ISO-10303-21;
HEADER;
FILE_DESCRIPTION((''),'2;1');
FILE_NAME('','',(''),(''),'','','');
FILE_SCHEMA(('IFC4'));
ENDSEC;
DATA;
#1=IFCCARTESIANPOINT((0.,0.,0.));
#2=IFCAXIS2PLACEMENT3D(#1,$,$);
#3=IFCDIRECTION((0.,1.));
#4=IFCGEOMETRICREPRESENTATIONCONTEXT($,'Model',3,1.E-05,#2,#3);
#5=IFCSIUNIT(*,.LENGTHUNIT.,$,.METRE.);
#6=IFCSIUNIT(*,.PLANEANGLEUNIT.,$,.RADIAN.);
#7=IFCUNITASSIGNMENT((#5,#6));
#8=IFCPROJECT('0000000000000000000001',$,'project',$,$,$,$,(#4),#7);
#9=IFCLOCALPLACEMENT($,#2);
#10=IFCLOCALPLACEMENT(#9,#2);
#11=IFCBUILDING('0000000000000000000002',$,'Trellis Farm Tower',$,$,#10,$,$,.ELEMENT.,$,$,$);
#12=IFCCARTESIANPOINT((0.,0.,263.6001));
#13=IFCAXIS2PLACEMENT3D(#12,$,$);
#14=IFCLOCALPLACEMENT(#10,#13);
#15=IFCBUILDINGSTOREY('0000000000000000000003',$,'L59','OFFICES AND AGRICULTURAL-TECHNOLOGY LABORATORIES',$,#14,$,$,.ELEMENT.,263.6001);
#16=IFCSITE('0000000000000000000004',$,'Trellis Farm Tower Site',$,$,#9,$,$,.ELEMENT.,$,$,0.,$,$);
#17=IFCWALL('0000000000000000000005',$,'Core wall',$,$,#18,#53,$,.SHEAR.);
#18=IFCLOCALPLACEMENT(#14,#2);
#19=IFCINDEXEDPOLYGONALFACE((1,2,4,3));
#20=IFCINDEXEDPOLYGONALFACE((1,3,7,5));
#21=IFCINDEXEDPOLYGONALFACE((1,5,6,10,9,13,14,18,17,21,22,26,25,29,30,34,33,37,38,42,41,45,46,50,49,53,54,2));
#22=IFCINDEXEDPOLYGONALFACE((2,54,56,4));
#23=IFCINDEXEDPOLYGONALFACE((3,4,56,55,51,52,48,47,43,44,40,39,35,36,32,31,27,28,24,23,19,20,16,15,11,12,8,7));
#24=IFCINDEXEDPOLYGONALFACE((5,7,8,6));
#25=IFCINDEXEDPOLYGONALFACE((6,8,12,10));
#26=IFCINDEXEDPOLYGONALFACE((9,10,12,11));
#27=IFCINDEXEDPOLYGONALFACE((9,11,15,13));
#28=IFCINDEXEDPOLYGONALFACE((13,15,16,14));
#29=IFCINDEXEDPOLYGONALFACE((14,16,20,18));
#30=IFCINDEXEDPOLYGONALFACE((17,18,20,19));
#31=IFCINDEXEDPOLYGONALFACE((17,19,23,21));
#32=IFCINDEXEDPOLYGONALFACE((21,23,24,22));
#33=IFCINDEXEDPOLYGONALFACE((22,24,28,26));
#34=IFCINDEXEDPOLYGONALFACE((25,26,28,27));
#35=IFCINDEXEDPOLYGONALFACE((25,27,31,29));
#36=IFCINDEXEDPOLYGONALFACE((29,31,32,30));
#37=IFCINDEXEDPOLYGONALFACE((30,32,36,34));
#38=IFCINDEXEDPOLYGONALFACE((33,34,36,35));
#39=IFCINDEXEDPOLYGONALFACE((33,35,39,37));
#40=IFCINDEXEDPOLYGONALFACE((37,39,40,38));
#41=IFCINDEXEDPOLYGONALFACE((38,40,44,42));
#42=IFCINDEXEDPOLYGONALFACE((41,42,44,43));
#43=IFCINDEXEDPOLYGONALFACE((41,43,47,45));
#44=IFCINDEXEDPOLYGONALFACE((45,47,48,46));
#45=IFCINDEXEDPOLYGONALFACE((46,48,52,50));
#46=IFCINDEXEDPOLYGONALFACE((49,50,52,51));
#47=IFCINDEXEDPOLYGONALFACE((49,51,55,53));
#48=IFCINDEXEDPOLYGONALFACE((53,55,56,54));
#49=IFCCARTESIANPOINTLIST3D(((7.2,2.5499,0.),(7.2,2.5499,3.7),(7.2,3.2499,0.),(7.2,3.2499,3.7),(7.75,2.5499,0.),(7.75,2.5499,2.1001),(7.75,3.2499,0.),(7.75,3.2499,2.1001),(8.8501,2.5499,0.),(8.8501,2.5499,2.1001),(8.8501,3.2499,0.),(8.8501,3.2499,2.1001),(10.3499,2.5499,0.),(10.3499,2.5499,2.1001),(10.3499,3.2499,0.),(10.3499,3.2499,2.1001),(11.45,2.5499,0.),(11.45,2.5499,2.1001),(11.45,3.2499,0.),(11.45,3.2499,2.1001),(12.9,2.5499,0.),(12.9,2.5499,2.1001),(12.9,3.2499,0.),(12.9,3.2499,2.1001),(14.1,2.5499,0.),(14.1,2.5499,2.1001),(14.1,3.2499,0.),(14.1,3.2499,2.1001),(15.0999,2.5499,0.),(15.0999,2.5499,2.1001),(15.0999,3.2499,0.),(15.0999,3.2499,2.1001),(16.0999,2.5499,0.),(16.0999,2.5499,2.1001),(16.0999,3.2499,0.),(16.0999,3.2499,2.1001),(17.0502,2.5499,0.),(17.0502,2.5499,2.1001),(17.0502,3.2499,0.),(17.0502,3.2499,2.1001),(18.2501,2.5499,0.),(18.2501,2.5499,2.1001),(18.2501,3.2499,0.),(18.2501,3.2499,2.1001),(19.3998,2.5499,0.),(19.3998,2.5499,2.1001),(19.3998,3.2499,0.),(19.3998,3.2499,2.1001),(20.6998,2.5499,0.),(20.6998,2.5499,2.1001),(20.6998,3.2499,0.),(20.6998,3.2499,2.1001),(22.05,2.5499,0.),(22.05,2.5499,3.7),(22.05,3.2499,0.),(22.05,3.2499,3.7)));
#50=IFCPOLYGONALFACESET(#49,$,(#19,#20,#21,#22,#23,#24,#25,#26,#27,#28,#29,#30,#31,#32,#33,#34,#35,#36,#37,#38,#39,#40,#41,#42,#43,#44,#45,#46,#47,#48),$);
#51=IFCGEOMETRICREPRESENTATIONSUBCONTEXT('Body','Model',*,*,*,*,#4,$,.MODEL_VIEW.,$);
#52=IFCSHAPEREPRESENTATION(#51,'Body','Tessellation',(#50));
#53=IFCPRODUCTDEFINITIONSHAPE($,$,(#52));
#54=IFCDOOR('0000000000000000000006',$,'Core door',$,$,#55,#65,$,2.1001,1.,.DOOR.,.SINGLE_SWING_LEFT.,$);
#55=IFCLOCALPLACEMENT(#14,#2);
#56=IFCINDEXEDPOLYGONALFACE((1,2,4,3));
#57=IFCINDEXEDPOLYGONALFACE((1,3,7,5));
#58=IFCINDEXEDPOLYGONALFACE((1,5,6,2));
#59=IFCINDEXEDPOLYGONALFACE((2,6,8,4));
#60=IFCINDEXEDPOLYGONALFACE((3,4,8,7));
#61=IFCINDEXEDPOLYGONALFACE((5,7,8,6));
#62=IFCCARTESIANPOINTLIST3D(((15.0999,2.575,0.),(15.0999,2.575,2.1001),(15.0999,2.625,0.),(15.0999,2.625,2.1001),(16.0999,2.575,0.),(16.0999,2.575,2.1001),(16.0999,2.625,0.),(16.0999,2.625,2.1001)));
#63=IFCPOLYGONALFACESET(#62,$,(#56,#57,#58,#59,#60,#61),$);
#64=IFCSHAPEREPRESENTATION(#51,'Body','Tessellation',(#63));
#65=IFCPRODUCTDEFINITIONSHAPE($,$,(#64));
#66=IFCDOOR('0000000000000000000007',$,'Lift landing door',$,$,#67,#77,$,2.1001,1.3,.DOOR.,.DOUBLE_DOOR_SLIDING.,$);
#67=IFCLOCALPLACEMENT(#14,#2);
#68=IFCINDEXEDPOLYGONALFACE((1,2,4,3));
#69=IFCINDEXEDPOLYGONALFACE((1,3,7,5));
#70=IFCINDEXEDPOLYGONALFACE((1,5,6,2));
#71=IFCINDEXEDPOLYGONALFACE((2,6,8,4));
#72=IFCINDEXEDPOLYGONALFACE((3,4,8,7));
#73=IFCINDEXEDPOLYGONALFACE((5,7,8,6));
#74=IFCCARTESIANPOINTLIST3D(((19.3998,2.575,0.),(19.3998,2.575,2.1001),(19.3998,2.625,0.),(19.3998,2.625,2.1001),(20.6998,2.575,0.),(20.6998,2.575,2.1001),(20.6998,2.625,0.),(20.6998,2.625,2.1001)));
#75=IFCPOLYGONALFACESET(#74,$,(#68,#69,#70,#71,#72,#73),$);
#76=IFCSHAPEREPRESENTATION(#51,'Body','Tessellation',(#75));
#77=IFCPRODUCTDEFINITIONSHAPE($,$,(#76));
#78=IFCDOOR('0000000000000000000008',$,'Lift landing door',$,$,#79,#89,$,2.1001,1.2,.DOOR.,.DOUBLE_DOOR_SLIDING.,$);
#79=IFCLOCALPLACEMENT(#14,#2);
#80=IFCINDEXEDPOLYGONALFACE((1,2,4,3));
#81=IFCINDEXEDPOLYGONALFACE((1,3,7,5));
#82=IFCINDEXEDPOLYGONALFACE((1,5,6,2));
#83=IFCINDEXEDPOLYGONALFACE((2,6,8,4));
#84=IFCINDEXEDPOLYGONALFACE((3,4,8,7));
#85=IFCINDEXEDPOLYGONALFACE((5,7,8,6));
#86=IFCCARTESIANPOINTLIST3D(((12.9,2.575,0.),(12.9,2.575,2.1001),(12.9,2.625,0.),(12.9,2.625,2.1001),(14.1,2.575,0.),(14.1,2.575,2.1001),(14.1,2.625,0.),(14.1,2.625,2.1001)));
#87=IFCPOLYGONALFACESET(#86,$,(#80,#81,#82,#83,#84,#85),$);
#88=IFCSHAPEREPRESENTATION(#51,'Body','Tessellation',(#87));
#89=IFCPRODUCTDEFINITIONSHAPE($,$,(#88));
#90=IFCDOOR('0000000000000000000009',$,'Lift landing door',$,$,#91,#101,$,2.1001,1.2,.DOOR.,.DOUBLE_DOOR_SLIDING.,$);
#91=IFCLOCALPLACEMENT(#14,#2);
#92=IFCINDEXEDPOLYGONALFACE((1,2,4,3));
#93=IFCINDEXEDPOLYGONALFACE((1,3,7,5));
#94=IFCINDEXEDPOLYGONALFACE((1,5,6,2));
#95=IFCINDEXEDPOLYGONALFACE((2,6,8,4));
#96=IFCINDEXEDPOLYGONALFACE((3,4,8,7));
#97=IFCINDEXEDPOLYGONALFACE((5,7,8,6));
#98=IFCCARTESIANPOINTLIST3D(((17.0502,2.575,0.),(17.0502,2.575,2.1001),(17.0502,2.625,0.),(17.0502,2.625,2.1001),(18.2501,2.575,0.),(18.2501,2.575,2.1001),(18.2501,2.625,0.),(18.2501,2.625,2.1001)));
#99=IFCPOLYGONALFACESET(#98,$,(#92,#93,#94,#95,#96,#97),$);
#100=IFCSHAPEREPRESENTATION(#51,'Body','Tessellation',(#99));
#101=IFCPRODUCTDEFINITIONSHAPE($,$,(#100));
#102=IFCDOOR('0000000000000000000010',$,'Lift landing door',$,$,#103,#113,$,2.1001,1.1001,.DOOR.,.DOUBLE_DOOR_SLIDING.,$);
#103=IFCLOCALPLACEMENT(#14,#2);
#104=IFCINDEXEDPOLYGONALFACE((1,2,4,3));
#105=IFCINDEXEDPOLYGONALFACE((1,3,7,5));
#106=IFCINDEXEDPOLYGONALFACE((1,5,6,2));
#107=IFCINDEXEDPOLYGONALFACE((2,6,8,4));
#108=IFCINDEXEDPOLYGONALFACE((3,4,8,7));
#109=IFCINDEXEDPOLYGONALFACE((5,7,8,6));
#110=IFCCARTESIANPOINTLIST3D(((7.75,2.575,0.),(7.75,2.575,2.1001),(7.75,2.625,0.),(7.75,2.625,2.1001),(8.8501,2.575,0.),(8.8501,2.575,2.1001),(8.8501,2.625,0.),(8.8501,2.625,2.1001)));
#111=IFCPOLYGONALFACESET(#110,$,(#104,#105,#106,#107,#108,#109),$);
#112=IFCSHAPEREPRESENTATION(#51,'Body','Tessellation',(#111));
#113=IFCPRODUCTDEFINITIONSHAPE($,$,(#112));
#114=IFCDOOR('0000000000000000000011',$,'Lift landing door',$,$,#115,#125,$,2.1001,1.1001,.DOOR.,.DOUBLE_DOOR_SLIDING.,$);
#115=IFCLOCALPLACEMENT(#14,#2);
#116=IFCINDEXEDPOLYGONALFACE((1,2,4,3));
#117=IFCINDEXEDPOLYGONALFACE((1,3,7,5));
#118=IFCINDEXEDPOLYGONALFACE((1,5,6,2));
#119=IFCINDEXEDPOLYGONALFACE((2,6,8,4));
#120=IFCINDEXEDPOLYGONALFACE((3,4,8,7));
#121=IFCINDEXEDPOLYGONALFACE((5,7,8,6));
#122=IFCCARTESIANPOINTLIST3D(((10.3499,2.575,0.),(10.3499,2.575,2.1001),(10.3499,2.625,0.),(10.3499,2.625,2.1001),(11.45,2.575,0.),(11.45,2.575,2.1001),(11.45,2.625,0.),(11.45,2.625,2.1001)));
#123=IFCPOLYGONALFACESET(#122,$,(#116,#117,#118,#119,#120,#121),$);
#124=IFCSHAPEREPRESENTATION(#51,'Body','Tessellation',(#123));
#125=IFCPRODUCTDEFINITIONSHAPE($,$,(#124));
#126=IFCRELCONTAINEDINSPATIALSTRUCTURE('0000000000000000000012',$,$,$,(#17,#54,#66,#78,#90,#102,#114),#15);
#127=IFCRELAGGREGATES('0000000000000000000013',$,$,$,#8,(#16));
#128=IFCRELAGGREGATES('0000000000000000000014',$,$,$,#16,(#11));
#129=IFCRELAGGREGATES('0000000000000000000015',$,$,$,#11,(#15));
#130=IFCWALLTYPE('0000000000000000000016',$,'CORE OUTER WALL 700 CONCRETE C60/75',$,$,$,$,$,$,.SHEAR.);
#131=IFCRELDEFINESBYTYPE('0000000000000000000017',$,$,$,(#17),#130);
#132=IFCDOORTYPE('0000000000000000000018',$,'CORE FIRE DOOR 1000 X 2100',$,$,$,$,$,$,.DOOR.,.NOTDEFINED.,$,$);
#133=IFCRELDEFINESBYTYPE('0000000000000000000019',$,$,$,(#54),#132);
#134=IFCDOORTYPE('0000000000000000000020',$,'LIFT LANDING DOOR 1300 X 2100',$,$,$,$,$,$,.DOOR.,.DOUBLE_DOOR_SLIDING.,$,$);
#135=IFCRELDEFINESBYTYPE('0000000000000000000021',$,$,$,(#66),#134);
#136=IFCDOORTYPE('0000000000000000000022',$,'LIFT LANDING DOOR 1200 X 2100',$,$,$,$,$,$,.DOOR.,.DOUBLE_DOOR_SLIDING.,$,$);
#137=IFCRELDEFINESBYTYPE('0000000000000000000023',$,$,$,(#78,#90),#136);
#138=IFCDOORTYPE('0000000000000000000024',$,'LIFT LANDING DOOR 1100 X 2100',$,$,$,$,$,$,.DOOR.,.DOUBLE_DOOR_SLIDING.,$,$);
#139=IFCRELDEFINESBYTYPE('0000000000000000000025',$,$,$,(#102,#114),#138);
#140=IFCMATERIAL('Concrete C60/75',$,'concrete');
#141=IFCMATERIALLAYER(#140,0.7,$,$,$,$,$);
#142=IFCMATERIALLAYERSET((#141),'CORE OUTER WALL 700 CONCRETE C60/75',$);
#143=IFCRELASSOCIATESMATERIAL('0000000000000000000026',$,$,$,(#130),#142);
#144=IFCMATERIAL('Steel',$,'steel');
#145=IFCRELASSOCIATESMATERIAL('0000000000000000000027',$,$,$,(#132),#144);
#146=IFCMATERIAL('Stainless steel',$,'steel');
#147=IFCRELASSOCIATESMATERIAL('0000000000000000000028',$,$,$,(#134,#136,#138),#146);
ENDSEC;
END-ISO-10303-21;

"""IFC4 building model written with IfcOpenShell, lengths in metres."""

from ifc_helpers import new_model, si_unit, direction, frame, frame_2d, origin, place, context, subcontext, project, spatial, rectangle, extrude, source, transform, mapped, material, layer, layer_set, type_object, element, fill, save


model = new_model("IFC4")

# Units and contexts
model_context = context("Model", 3, precision=1e-05, world=origin(), true_north=direction((0.0, 1.0)))
body_context = subcontext(model_context, "Body", "Model", "MODEL_VIEW")
ifc_project = project(units=[si_unit("LENGTHUNIT", "METRE"), si_unit("PLANEANGLEUNIT", "RADIAN")], contexts=[model_context])

# Site, building, storey
site_placement = place(None, origin())
site = spatial("IfcSite", under=ifc_project, at=site_placement, Name="Trellis Farm Tower Site", CompositionType="ELEMENT", RefElevation=0.0)
building_placement = place(site_placement, origin())
building = spatial("IfcBuilding", under=site, at=building_placement, Name="Trellis Farm Tower", CompositionType="ELEMENT")
storey_placement = place(building_placement, frame((0.0, 0.0, 263.6001)))
storey = spatial("IfcBuildingStorey", under=building, at=storey_placement, Name="L59", Description="OFFICES AND AGRICULTURAL-TECHNOLOGY LABORATORIES", CompositionType="ELEMENT", Elevation=263.6001)

# Shared definitions
ifc_material_1 = material(Name="Concrete C60/75", Category="concrete")

# Shared definitions
ifc_material_2 = material(Name="Steel", Category="steel")

# Wall, openings, doors
ifc_layer_1 = layer(ifc_material_1, 0.7)
ifc_layer_set_1 = layer_set([ifc_layer_1], Name="CORE OUTER WALL 700 CONCRETE C60/75")
wall_type_1 = type_object("IfcWallType", Name="CORE OUTER WALL 700 CONCRETE C60/75", PredefinedType="SHEAR", material=ifc_layer_set_1)
shared_shape_1 = source(origin(), body_context, "Body", "SweptSolid", [
    extrude(rectangle(XDim=14.8501, YDim=0.7, at=frame_2d((7.425, 0.0))), origin(), (0.0, 0.0, 1.0), 3.7),
])
wall_1_placement = place(storey_placement, frame((7.2, 2.8999, 0.0), z_axis=(0.0, 0.0, 1.0), x_axis=(1.0, 0.0, 0.0)))
wall_1 = element("IfcWall", 1, at=wall_1_placement, inside=storey, type_object=wall_type_1, Name="Core wall", PredefinedType="SHEAR", context=body_context, shape_type="MappedRepresentation", body=[
    mapped(shared_shape_1, transform((0.0, 0.0, 0.0))),
])
shared_shape_2 = source(origin(), body_context, "Body", "SweptSolid", [
    extrude(rectangle(XDim=1.1001, YDim=2.1001, at=frame_2d((0.55, 1.05))), frame((0.0, 0.3601, 0.0), z_axis=(0.0, -1.0, 0.0), x_axis=(1.0, 0.0, 0.0)), (0.0, 0.0, 1.0), 0.7202),
])
opening_1_placement = place(wall_1_placement, frame((0.55, 0.0, 0.0)))
opening_1 = element("IfcOpeningElement", 2, at=opening_1_placement, cuts=wall_1, PredefinedType="OPENING", context=body_context, shape_type="MappedRepresentation", body=[
    mapped(shared_shape_2, transform((0.0, 0.0, 0.0))),
])
opening_2_placement = place(wall_1_placement, frame((3.1499, 0.0, 0.0)))
opening_2 = element("IfcOpeningElement", 3, at=opening_2_placement, cuts=wall_1, PredefinedType="OPENING", context=body_context, shape_type="MappedRepresentation", body=[
    mapped(shared_shape_2, transform((0.0, 0.0, 0.0))),
])
shared_shape_3 = source(origin(), body_context, "Body", "SweptSolid", [
    extrude(rectangle(XDim=1.2, YDim=2.1001, at=frame_2d((0.6001, 1.05))), frame((0.0, 0.3601, 0.0), z_axis=(0.0, -1.0, 0.0), x_axis=(1.0, 0.0, 0.0)), (0.0, 0.0, 1.0), 0.7202),
])
opening_3_placement = place(wall_1_placement, frame((5.7, 0.0, 0.0)))
opening_3 = element("IfcOpeningElement", 4, at=opening_3_placement, cuts=wall_1, PredefinedType="OPENING", context=body_context, shape_type="MappedRepresentation", body=[
    mapped(shared_shape_3, transform((0.0, 0.0, 0.0))),
])
shared_shape_4 = source(origin(), body_context, "Body", "SweptSolid", [
    extrude(rectangle(XDim=1.3, YDim=2.1001, at=frame_2d((0.6499, 1.05))), frame((0.0, 0.3601, 0.0), z_axis=(0.0, -1.0, 0.0), x_axis=(1.0, 0.0, 0.0)), (0.0, 0.0, 1.0), 0.7202),
])
opening_4_placement = place(wall_1_placement, frame((12.2, 0.0, 0.0)))
opening_4 = element("IfcOpeningElement", 5, at=opening_4_placement, cuts=wall_1, PredefinedType="OPENING", context=body_context, shape_type="MappedRepresentation", body=[
    mapped(shared_shape_4, transform((0.0, 0.0, 0.0))),
])
opening_5_placement = place(wall_1_placement, frame((9.8501, 0.0, 0.0)))
opening_5 = element("IfcOpeningElement", 6, at=opening_5_placement, cuts=wall_1, PredefinedType="OPENING", context=body_context, shape_type="MappedRepresentation", body=[
    mapped(shared_shape_3, transform((0.0, 0.0, 0.0))),
])
shared_shape_5 = source(origin(), body_context, "Body", "SweptSolid", [
    extrude(rectangle(XDim=1.0, YDim=2.1001, at=frame_2d((0.5, 1.05))), frame((0.0, 0.3601, 0.0), z_axis=(0.0, -1.0, 0.0), x_axis=(1.0, 0.0, 0.0)), (0.0, 0.0, 1.0), 0.7202),
])
opening_6_placement = place(wall_1_placement, frame((7.8999, 0.0, 0.0)))
opening_6 = element("IfcOpeningElement", 7, at=opening_6_placement, cuts=wall_1, PredefinedType="OPENING", context=body_context, shape_type="MappedRepresentation", body=[
    mapped(shared_shape_5, transform((0.0, 0.0, 0.0))),
])
door_type_1 = type_object("IfcDoorType", Name="CORE FIRE DOOR 1000 X 2100", OperationType="NOTDEFINED", PredefinedType="DOOR", material=ifc_material_2)
shared_shape_6 = source(origin(), body_context, "Body", "SweptSolid", [
    extrude(rectangle(XDim=1.0, YDim=2.1001, at=frame_2d((0.5, 1.05))), frame((0.0, -0.2749, 0.0), z_axis=(0.0, -1.0, 0.0), x_axis=(1.0, 0.0, 0.0)), (0.0, 0.0, 1.0), 0.05),
])
door_1_placement = place(opening_6_placement, origin())
door_1 = element("IfcDoor", 8, at=door_1_placement, inside=storey, type_object=door_type_1, Name="Core door", OperationType="SINGLE_SWING_LEFT", OverallHeight=2.1001, OverallWidth=1.0, PredefinedType="DOOR", context=body_context, shape_type="MappedRepresentation", body=[
    mapped(shared_shape_6, transform((0.0, 0.0, 0.0))),
])
fill(opening_6, door_1)
ifc_material_3 = material(Name="Stainless steel", Category="steel")
door_type_2 = type_object("IfcDoorType", Name="LIFT LANDING DOOR 1300 X 2100", OperationType="DOUBLE_DOOR_SLIDING", PredefinedType="DOOR", material=ifc_material_3)
shared_shape_7 = source(origin(), body_context, "Body", "SweptSolid", [
    extrude(rectangle(XDim=1.3, YDim=2.1001, at=frame_2d((0.6499, 1.05))), frame((0.0, -0.2749, 0.0), z_axis=(0.0, -1.0, 0.0), x_axis=(1.0, 0.0, 0.0)), (0.0, 0.0, 1.0), 0.05),
])
door_2_placement = place(opening_4_placement, origin())
door_2 = element("IfcDoor", 9, at=door_2_placement, inside=storey, type_object=door_type_2, Name="Lift landing door", OperationType="DOUBLE_DOOR_SLIDING", OverallHeight=2.1001, OverallWidth=1.3, PredefinedType="DOOR", context=body_context, shape_type="MappedRepresentation", body=[
    mapped(shared_shape_7, transform((0.0, 0.0, 0.0))),
])
fill(opening_4, door_2)
door_type_3 = type_object("IfcDoorType", Name="LIFT LANDING DOOR 1200 X 2100", OperationType="DOUBLE_DOOR_SLIDING", PredefinedType="DOOR", material=ifc_material_3)
shared_shape_8 = source(origin(), body_context, "Body", "SweptSolid", [
    extrude(rectangle(XDim=1.2, YDim=2.1001, at=frame_2d((0.6001, 1.05))), frame((0.0, -0.2749, 0.0), z_axis=(0.0, -1.0, 0.0), x_axis=(1.0, 0.0, 0.0)), (0.0, 0.0, 1.0), 0.05),
])
door_3_placement = place(opening_3_placement, origin())
door_3 = element("IfcDoor", 10, at=door_3_placement, inside=storey, type_object=door_type_3, Name="Lift landing door", OperationType="DOUBLE_DOOR_SLIDING", OverallHeight=2.1001, OverallWidth=1.2, PredefinedType="DOOR", context=body_context, shape_type="MappedRepresentation", body=[
    mapped(shared_shape_8, transform((0.0, 0.0, 0.0))),
])
fill(opening_3, door_3)
door_4_placement = place(opening_5_placement, origin())
door_4 = element("IfcDoor", 11, at=door_4_placement, inside=storey, type_object=door_type_3, Name="Lift landing door", OperationType="DOUBLE_DOOR_SLIDING", OverallHeight=2.1001, OverallWidth=1.2, PredefinedType="DOOR", context=body_context, shape_type="MappedRepresentation", body=[
    mapped(shared_shape_8, transform((0.0, 0.0, 0.0))),
])
fill(opening_5, door_4)
door_type_4 = type_object("IfcDoorType", Name="LIFT LANDING DOOR 1100 X 2100", OperationType="DOUBLE_DOOR_SLIDING", PredefinedType="DOOR", material=ifc_material_3)
shared_shape_9 = source(origin(), body_context, "Body", "SweptSolid", [
    extrude(rectangle(XDim=1.1001, YDim=2.1001, at=frame_2d((0.55, 1.05))), frame((0.0, -0.2749, 0.0), z_axis=(0.0, -1.0, 0.0), x_axis=(1.0, 0.0, 0.0)), (0.0, 0.0, 1.0), 0.05),
])
door_5_placement = place(opening_1_placement, origin())
door_5 = element("IfcDoor", 12, at=door_5_placement, inside=storey, type_object=door_type_4, Name="Lift landing door", OperationType="DOUBLE_DOOR_SLIDING", OverallHeight=2.1001, OverallWidth=1.1001, PredefinedType="DOOR", context=body_context, shape_type="MappedRepresentation", body=[
    mapped(shared_shape_9, transform((0.0, 0.0, 0.0))),
])
fill(opening_1, door_5)
door_6_placement = place(opening_2_placement, origin())
door_6 = element("IfcDoor", 13, at=door_6_placement, inside=storey, type_object=door_type_4, Name="Lift landing door", OperationType="DOUBLE_DOOR_SLIDING", OverallHeight=2.1001, OverallWidth=1.1001, PredefinedType="DOOR", context=body_context, shape_type="MappedRepresentation", body=[
    mapped(shared_shape_9, transform((0.0, 0.0, 0.0))),
])
fill(opening_2, door_6)

save(model, "model.ifc")
